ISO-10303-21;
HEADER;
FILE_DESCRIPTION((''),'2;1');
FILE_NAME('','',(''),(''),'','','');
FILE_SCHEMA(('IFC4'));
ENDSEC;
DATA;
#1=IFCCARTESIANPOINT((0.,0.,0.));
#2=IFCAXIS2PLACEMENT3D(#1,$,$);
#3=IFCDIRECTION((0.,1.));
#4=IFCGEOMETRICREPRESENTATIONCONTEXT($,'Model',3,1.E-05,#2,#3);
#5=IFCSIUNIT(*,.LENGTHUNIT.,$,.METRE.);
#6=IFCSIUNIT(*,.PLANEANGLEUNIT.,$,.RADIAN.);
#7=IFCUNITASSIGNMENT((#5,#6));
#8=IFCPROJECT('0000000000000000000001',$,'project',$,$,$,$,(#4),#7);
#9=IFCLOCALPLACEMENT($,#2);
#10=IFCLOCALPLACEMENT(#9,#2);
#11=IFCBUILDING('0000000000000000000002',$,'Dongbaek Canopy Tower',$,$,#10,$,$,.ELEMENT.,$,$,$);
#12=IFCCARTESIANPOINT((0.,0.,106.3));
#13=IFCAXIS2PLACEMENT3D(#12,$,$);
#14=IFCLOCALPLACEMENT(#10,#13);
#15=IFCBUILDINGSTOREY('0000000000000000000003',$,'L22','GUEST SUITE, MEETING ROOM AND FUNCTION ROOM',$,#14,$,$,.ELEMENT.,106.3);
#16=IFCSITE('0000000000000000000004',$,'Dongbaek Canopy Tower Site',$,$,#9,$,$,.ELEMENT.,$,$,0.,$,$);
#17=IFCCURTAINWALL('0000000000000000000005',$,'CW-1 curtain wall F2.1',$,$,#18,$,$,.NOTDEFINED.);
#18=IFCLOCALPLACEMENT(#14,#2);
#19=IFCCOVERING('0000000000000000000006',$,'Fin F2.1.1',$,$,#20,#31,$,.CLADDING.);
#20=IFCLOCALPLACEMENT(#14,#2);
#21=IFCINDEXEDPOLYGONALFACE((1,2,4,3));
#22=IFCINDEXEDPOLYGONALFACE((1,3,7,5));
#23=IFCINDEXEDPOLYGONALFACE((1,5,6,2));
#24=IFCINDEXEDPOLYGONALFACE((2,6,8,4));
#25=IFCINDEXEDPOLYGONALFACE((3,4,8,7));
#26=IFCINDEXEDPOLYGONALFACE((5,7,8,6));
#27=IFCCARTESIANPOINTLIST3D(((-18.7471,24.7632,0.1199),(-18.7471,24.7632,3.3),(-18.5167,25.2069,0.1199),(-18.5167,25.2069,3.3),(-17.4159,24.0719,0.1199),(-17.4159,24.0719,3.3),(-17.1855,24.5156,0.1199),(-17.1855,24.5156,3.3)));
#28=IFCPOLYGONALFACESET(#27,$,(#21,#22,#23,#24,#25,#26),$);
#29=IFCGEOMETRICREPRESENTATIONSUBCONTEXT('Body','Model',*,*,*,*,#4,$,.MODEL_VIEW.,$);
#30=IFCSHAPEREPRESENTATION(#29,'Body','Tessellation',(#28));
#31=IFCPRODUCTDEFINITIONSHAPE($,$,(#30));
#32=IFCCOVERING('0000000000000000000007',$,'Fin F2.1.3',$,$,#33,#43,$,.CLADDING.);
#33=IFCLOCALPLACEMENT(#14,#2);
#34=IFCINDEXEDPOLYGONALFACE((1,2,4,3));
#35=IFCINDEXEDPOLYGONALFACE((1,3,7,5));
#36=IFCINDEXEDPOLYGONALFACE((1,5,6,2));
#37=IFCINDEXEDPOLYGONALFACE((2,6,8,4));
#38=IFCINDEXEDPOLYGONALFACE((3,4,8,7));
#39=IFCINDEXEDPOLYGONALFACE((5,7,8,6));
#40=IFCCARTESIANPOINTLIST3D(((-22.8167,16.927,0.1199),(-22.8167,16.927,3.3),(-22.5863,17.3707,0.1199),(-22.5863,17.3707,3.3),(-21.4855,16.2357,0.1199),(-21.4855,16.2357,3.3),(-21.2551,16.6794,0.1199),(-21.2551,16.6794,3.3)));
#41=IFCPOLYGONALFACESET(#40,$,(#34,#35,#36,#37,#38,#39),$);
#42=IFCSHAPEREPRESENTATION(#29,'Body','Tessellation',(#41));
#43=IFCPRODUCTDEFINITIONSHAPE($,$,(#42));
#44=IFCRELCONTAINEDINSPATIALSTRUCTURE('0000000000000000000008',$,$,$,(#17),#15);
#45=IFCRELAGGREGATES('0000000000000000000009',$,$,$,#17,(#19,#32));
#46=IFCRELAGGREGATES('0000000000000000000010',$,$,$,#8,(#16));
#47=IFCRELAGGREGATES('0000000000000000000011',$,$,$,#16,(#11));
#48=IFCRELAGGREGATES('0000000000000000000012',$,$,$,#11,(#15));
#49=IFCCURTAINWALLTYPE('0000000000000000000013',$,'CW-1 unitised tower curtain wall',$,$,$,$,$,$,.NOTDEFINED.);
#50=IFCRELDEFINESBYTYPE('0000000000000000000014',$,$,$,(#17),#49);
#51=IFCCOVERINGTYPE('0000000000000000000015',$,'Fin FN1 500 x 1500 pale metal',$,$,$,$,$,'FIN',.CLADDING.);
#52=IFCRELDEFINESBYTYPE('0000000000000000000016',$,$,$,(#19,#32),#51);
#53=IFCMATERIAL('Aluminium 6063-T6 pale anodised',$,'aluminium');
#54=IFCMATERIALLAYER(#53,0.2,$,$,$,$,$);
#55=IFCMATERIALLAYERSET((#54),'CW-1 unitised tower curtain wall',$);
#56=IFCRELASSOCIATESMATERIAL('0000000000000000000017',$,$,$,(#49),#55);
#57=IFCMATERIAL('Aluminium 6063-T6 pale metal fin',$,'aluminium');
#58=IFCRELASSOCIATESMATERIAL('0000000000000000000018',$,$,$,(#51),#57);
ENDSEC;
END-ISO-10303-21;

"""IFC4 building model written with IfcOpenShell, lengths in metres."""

from ifc_helpers import new_model, si_unit, direction, frame, origin, origin_2d, place, context, subcontext, project, spatial, rectangle, extrude, material, layer, layer_set, material_profile, profile_set, type_object, element, aggregate, save


model = new_model("IFC4")

# Units and contexts
model_context = context("Model", 3, precision=1e-05, world=origin(), true_north=direction((0.0, 1.0)))
body_context = subcontext(model_context, "Body", "Model", "MODEL_VIEW")
ifc_project = project(units=[si_unit("LENGTHUNIT", "METRE"), si_unit("PLANEANGLEUNIT", "RADIAN")], contexts=[model_context])

# Site, building, storey
site_placement = place(None, origin())
site = spatial("IfcSite", under=ifc_project, at=site_placement, Name="Dongbaek Canopy Tower Site", CompositionType="ELEMENT", RefElevation=0.0)
building_placement = place(site_placement, origin())
building = spatial("IfcBuilding", under=site, at=building_placement, Name="Dongbaek Canopy Tower", CompositionType="ELEMENT")
storey_placement = place(building_placement, frame((0.0, 0.0, 106.3)))
storey = spatial("IfcBuildingStorey", under=building, at=storey_placement, Name="L22", Description="GUEST SUITE, MEETING ROOM AND FUNCTION ROOM", CompositionType="ELEMENT", Elevation=106.3)

# Curtain wall
ifc_material_1 = material(Name="Aluminium 6063-T6 pale anodised", Category="aluminium")
ifc_layer_1 = layer(ifc_material_1, 0.2)
ifc_layer_set_1 = layer_set([ifc_layer_1], Name="CW-1 unitised tower curtain wall")
curtain_wall_type = type_object("IfcCurtainWallType", Name="CW-1 unitised tower curtain wall", PredefinedType="NOTDEFINED", material=ifc_layer_set_1)
curtain_wall_1_placement = place(storey_placement, origin())
curtain_wall_1 = element("IfcCurtainWall", 1, at=curtain_wall_1_placement, inside=storey, type_object=curtain_wall_type, Name="CW-1 curtain wall F2.1", PredefinedType="NOTDEFINED")

# Coverings
ifc_material_2 = material(Name="Aluminium 6063-T6 pale metal fin", Category="aluminium")
ifc_material_profile_1 = material_profile(ifc_material_2, rectangle(XDim=1.5, YDim=0.5, at=origin_2d()), Name="Fin FN1 500 x 1500 pale metal")
ifc_profile_set_1 = profile_set([ifc_material_profile_1], Name="Aluminium 6063-T6 pale metal fin")
covering_type = type_object("IfcCoveringType", Name="Fin FN1 500 x 1500 pale metal", ElementType="FIN", PredefinedType="CLADDING", material=ifc_profile_set_1)
covering_1_placement = place(storey_placement, frame((-17.9663, 24.6394, 0.1199), z_axis=(0.0, 0.0, 1.0), x_axis=(-0.887463, 0.46088, 0.0)))
covering_1 = element("IfcCovering", 2, at=covering_1_placement, type_object=covering_type, Name="Fin F2.1.1", PredefinedType="CLADDING", context=body_context, shape_type="SweptSolid", body=[
    extrude(rectangle(XDim=1.5, YDim=0.5, at=origin_2d()), origin(), (0.0, 0.0, 1.0), 3.1802),
])
covering_2_placement = place(storey_placement, frame((-22.0359, 16.8032, 0.1199), z_axis=(0.0, 0.0, 1.0), x_axis=(-0.887463, 0.46088, 0.0)))
covering_2 = element("IfcCovering", 3, at=covering_2_placement, type_object=covering_type, Name="Fin F2.1.3", PredefinedType="CLADDING", context=body_context, shape_type="SweptSolid", body=[
    extrude(rectangle(XDim=1.5, YDim=0.5, at=origin_2d()), origin(), (0.0, 0.0, 1.0), 3.1802),
])
aggregate(curtain_wall_1, [covering_1, covering_2])

save(model, "model.ifc")
